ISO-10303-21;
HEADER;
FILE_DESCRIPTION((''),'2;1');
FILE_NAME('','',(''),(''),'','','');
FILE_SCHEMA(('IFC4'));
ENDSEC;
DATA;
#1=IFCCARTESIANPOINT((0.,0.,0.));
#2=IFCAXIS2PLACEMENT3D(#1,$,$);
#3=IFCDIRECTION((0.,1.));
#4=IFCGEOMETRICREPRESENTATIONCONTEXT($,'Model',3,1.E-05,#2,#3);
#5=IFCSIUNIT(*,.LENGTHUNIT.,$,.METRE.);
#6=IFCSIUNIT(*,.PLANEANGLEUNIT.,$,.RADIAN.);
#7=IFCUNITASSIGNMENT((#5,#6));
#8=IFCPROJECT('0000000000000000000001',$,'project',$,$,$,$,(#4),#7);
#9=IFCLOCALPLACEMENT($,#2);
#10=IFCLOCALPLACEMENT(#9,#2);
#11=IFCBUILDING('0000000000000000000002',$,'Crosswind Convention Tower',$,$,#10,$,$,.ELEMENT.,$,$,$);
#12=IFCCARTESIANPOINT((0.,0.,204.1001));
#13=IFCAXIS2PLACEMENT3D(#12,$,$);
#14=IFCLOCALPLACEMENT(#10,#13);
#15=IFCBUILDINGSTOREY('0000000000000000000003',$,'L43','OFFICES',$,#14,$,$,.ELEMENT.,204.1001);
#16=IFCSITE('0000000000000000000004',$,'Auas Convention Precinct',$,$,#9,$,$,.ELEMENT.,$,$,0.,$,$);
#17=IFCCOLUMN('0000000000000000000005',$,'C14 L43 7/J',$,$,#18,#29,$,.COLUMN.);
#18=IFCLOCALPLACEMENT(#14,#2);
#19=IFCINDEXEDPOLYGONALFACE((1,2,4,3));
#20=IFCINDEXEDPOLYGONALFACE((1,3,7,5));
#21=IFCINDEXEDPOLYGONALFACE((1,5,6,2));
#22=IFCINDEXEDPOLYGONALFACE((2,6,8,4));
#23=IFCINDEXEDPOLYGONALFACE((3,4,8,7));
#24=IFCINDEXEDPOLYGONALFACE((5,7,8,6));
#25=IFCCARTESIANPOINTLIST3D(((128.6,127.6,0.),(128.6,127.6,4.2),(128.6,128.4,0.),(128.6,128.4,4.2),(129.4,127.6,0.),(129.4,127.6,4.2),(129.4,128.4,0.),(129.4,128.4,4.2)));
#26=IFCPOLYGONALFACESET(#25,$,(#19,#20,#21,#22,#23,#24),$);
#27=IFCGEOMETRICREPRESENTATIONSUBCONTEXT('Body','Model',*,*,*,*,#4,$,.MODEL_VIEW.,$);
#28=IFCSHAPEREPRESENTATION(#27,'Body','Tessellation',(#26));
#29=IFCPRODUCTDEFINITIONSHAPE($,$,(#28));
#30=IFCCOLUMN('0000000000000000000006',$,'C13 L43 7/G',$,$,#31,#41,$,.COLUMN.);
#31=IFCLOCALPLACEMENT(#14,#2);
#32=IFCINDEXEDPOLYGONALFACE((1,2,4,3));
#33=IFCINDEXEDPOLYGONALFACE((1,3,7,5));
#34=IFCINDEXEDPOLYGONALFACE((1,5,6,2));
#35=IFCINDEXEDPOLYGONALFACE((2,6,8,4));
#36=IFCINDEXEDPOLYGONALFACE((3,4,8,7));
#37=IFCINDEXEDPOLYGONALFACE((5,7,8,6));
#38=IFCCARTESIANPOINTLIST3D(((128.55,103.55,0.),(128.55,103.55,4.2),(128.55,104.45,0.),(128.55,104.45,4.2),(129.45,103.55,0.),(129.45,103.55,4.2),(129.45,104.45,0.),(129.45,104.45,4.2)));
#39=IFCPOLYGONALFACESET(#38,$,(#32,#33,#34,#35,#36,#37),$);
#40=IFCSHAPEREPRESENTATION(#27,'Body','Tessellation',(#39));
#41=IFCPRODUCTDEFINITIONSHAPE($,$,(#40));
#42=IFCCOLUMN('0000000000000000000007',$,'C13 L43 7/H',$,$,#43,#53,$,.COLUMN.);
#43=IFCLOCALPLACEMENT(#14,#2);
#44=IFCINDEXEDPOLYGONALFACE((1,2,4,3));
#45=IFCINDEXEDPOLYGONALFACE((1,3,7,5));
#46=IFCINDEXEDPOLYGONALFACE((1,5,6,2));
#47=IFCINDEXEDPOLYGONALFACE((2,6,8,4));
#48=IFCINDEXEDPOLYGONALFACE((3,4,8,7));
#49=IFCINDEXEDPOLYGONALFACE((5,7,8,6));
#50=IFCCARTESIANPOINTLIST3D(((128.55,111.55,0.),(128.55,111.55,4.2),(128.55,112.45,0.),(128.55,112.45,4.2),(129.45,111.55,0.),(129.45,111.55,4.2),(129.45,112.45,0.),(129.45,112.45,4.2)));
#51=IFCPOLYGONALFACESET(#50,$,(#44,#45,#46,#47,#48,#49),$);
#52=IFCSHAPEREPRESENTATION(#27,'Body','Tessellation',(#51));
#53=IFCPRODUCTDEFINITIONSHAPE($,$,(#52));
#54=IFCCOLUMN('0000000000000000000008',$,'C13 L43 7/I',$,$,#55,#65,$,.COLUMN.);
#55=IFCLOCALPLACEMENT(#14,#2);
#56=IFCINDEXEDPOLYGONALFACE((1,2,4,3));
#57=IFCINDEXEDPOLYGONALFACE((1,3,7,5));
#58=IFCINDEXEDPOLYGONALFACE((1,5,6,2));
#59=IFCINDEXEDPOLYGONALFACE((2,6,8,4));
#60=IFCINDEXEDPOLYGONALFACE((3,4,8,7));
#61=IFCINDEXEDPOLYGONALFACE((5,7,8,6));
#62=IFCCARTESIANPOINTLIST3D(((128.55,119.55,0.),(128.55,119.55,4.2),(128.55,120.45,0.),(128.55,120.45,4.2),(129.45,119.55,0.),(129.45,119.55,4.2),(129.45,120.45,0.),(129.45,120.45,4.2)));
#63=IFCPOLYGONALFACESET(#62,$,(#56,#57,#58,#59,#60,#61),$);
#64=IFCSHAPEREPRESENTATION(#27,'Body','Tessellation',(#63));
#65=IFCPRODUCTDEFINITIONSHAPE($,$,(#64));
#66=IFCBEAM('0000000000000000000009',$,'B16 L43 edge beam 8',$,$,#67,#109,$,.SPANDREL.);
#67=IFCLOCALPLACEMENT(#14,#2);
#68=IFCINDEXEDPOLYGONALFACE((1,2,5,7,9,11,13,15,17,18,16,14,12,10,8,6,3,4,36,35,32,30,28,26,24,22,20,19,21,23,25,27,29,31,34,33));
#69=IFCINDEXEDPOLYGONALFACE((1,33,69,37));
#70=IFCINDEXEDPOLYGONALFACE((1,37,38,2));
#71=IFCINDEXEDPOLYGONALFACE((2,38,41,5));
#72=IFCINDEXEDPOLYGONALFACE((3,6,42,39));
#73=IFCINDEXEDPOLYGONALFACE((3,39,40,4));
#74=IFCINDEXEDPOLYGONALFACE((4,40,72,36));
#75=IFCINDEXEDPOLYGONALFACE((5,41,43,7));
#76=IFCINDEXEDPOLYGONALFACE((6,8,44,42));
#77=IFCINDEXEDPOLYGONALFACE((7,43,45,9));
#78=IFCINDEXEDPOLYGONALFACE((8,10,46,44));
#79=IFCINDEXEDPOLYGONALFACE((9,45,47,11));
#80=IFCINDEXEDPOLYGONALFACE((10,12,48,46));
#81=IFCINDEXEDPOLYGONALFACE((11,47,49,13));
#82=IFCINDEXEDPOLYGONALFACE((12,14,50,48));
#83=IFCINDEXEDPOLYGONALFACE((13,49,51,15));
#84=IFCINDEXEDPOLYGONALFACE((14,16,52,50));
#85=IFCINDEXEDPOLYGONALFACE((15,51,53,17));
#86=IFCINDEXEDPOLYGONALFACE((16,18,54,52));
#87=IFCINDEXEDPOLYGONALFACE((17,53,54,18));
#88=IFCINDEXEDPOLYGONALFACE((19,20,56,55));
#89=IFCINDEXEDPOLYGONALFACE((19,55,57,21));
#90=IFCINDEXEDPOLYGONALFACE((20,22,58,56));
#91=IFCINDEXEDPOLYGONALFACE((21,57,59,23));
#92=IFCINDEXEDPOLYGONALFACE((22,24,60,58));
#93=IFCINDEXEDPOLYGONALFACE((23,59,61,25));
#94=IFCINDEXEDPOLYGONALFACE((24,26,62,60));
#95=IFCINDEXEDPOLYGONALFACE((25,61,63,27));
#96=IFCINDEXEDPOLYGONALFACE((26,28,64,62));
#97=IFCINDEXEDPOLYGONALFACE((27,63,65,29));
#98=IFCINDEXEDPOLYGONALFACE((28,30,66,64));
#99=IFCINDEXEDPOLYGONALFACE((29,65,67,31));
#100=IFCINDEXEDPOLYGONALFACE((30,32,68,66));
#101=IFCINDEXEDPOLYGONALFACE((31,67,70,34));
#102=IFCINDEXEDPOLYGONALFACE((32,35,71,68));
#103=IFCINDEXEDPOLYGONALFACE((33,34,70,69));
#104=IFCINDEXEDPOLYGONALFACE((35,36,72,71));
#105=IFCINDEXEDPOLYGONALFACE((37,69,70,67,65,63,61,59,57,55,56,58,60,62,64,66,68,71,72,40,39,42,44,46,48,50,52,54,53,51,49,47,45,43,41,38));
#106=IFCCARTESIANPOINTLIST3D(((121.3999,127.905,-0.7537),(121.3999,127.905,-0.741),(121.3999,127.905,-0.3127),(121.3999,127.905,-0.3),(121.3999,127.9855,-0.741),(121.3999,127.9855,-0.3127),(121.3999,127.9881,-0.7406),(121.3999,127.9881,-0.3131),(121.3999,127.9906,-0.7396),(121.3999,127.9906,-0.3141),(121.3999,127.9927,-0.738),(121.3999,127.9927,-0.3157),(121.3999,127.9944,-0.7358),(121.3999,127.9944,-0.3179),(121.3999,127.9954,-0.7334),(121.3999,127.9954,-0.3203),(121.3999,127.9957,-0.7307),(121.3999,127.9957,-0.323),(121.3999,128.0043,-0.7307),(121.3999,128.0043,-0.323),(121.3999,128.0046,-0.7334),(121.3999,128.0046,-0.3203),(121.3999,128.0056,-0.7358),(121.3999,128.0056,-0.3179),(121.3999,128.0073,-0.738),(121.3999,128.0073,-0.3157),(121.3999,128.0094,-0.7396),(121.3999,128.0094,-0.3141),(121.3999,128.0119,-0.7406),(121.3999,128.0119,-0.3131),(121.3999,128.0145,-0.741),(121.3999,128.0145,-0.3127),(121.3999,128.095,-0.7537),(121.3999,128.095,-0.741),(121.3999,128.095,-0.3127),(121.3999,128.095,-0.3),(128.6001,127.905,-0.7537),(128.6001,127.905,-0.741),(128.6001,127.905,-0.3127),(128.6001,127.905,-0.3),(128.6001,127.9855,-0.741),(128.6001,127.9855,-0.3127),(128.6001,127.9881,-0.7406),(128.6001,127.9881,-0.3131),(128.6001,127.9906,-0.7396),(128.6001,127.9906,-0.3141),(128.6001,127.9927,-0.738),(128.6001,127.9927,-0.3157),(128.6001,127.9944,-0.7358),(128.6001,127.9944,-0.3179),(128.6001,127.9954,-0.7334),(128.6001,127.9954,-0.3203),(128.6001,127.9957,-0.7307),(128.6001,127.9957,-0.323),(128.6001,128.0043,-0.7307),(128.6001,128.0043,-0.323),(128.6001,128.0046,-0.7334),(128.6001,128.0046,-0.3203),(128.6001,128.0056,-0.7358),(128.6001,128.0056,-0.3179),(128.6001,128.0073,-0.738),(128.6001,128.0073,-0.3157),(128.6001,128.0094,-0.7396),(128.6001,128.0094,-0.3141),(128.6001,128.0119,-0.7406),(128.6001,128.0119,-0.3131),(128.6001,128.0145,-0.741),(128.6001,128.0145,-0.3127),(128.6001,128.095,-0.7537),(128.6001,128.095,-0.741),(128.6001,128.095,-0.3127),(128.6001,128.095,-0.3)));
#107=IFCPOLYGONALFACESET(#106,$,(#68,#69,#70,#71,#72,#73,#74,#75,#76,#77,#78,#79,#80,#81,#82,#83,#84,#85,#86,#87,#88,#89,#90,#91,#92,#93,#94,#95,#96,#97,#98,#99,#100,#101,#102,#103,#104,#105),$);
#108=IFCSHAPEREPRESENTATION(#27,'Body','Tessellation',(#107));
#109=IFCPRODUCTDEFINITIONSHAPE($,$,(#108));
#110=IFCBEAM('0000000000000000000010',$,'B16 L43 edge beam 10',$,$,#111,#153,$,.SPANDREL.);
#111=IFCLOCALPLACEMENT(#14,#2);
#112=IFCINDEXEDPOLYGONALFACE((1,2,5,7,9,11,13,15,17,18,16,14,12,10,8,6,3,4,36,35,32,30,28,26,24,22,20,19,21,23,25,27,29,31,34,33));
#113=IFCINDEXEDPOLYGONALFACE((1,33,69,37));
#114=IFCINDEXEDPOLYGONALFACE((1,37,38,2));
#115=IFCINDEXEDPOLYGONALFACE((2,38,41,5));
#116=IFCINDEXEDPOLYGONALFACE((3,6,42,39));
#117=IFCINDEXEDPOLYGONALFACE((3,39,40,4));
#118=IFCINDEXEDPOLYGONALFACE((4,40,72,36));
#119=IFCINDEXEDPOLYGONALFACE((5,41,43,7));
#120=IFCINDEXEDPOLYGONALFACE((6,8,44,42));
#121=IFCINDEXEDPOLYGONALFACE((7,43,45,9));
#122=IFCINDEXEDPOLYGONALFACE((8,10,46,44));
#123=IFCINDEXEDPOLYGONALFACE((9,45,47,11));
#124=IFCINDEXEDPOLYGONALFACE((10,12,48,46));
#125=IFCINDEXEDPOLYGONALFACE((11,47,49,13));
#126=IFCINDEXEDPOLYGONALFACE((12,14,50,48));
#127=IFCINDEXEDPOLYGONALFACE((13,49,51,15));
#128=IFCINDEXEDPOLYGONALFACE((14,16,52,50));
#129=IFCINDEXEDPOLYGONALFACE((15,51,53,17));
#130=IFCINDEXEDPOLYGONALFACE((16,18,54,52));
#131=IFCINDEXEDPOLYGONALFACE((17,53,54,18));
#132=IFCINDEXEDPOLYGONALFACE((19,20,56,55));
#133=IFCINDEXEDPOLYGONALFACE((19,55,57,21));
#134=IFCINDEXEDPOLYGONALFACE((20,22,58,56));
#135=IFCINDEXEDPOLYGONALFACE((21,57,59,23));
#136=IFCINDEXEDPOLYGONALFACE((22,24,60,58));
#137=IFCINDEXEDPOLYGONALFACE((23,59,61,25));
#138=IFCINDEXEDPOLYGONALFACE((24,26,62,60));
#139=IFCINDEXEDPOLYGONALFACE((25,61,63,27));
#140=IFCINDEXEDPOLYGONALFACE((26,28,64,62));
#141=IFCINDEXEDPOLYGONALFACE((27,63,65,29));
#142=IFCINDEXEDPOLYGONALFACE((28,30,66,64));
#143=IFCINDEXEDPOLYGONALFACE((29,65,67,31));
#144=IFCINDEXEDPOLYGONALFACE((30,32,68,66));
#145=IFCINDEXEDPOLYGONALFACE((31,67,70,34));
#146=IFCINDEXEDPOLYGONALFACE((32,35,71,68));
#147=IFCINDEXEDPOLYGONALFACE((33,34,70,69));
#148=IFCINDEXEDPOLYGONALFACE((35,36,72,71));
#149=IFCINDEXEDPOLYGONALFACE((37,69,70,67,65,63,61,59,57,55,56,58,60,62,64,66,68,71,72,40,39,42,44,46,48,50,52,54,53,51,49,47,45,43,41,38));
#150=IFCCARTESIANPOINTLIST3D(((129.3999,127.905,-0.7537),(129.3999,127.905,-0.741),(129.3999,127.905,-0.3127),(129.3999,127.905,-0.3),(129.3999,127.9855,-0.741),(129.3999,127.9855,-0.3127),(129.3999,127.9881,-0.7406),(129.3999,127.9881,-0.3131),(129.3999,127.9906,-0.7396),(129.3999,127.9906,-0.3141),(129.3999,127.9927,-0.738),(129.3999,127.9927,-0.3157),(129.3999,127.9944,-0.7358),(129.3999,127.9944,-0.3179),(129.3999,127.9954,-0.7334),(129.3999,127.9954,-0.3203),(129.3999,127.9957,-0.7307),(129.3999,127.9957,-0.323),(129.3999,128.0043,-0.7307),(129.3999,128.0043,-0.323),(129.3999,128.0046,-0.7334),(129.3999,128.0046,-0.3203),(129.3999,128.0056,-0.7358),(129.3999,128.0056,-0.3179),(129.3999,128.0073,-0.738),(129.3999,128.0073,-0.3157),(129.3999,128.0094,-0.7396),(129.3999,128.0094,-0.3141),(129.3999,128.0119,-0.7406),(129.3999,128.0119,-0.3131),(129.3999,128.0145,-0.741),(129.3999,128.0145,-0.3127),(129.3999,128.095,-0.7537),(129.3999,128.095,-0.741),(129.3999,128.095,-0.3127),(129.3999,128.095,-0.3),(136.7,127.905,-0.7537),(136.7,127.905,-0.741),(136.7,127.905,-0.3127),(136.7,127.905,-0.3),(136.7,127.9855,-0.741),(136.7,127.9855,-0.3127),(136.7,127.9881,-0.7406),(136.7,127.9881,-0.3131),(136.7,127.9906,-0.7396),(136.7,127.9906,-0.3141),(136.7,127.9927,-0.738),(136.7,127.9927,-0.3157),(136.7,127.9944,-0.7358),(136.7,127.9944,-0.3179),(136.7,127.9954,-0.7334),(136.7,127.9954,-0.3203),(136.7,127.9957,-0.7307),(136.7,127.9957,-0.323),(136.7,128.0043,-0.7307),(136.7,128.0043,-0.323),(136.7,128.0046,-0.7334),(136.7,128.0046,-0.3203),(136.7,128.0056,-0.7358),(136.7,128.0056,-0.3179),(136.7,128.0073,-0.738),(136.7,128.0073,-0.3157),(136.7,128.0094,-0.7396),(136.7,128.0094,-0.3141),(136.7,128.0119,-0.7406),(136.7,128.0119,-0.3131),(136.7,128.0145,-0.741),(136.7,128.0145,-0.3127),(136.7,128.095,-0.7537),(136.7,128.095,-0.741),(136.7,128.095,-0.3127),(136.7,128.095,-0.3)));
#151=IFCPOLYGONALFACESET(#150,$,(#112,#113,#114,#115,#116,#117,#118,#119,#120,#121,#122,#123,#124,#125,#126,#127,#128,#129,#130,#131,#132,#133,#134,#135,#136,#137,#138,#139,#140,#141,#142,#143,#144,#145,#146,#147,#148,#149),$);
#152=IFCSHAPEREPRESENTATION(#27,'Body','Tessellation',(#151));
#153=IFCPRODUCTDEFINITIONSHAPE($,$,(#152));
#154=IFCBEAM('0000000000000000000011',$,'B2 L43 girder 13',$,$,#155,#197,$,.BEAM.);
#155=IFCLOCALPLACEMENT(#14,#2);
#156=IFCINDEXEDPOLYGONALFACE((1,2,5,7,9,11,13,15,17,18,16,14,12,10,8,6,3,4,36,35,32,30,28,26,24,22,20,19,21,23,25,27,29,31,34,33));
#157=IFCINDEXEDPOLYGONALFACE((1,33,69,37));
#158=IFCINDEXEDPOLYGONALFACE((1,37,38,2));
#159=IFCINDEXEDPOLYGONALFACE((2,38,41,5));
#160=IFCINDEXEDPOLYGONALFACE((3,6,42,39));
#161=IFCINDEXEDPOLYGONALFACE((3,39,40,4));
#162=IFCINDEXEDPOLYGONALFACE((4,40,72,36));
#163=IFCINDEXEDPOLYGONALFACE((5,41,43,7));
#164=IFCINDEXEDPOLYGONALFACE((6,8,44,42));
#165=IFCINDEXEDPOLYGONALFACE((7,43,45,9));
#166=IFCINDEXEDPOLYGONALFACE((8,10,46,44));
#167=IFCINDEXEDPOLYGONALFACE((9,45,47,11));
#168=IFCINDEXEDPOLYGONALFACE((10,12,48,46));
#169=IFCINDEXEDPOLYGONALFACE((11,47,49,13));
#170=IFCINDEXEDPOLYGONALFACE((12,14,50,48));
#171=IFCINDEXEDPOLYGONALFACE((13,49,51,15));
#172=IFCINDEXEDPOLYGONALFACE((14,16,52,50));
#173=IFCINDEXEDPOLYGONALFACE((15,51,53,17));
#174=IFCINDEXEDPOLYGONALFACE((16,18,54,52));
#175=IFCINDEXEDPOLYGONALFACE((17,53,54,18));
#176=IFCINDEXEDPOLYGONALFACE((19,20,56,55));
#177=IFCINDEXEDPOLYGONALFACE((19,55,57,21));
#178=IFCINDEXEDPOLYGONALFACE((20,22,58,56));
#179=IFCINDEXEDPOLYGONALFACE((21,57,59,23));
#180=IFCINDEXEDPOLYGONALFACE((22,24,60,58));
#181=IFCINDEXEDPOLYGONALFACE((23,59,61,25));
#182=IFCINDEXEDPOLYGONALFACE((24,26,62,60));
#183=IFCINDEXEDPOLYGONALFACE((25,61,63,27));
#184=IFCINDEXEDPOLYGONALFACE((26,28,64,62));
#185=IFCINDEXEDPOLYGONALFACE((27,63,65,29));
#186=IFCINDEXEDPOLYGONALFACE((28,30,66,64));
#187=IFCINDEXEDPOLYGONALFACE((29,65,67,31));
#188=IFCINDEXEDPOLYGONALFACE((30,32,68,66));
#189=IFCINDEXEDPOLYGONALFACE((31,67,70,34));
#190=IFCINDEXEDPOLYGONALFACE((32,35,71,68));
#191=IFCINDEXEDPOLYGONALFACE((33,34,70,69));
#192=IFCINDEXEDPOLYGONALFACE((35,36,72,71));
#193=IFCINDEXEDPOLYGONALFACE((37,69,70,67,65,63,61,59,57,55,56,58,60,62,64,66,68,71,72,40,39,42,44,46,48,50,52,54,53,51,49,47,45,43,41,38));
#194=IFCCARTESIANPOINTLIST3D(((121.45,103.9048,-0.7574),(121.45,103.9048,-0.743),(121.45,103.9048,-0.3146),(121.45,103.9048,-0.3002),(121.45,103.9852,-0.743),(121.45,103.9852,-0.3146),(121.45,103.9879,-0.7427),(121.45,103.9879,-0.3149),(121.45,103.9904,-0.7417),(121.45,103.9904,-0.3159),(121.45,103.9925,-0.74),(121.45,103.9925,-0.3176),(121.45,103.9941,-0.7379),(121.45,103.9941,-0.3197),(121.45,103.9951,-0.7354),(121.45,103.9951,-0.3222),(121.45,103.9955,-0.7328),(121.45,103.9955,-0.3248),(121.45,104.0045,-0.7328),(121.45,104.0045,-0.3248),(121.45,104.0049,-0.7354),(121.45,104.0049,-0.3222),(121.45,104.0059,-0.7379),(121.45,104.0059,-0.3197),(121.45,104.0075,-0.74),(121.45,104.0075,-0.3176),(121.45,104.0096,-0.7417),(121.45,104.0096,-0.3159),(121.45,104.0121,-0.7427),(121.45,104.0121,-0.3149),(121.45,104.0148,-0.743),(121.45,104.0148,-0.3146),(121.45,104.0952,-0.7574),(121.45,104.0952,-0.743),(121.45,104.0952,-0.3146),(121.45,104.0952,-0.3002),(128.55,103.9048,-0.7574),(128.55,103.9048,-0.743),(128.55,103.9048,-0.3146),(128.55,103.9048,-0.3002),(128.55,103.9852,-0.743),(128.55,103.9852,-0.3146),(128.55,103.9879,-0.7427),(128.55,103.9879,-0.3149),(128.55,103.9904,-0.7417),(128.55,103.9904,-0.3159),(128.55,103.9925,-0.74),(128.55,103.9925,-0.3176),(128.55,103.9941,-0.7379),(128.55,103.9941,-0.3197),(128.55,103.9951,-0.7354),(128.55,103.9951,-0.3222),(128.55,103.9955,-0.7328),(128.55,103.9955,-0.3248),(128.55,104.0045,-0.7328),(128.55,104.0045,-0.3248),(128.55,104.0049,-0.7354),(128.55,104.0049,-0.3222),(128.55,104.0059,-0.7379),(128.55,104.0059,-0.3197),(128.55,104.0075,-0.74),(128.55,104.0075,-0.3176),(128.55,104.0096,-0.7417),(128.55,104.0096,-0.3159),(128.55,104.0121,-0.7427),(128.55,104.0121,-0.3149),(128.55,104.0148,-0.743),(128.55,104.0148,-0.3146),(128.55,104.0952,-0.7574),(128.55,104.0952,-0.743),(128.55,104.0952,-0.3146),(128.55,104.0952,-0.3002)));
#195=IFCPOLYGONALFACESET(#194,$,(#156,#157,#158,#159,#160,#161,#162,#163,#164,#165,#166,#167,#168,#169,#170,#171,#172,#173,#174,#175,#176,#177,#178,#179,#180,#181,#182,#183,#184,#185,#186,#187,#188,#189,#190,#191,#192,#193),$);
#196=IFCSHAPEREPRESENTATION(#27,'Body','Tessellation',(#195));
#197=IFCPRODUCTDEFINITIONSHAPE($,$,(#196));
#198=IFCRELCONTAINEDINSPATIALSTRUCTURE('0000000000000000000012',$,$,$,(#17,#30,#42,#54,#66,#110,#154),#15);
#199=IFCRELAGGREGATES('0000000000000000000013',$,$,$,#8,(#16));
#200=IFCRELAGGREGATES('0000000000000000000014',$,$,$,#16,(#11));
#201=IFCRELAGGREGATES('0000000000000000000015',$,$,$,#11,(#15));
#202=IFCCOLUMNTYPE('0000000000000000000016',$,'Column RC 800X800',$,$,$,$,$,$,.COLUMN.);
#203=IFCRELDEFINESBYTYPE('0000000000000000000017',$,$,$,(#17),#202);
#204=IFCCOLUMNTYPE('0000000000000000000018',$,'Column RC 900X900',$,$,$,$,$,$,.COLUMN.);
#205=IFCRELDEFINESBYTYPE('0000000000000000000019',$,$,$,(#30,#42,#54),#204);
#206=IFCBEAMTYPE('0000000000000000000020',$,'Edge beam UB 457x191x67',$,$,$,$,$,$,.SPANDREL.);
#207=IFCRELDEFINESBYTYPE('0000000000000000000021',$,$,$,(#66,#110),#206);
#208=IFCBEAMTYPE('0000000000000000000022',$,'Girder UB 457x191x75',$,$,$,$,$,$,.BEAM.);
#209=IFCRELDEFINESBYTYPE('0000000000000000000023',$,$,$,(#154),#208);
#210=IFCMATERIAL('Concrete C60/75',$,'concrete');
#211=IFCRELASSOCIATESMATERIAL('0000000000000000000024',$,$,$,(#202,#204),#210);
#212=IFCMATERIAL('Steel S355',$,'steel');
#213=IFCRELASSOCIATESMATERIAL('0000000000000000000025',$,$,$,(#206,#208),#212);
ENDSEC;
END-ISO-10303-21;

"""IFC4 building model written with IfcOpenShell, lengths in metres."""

from ifc_helpers import new_model, si_unit, direction, frame, origin, origin_2d, place, context, subcontext, project, spatial, rectangle, i_section, extrude, material, material_profile, profile_set, type_object, element, save


model = new_model("IFC4")

# Units and contexts
model_context = context("Model", 3, precision=1e-05, world=origin(), true_north=direction((0.0, 1.0)))
body_context = subcontext(model_context, "Body", "Model", "MODEL_VIEW")
ifc_project = project(units=[si_unit("LENGTHUNIT", "METRE"), si_unit("PLANEANGLEUNIT", "RADIAN")], contexts=[model_context])

# Site, building, storey
site_placement = place(None, origin())
site = spatial("IfcSite", under=ifc_project, at=site_placement, Name="Auas Convention Precinct", CompositionType="ELEMENT", RefElevation=0.0)
building_placement = place(site_placement, origin())
building = spatial("IfcBuilding", under=site, at=building_placement, Name="Crosswind Convention Tower", CompositionType="ELEMENT")
storey_placement = place(building_placement, frame((0.0, 0.0, 204.1001)))
storey = spatial("IfcBuildingStorey", under=building, at=storey_placement, Name="L43", Description="OFFICES", CompositionType="ELEMENT", Elevation=204.1001)

# Columns
ifc_material_1 = material(Name="Concrete C60/75", Category="concrete")
ifc_material_profile_1 = material_profile(ifc_material_1, rectangle(XDim=0.8, YDim=0.8, at=origin_2d()), Name="RC 800X800")
ifc_profile_set_1 = profile_set([ifc_material_profile_1], Name="Concrete C60/75")
column_type_1 = type_object("IfcColumnType", Name="Column RC 800X800", PredefinedType="COLUMN", material=ifc_profile_set_1)
column_placement = place(storey_placement, frame((129.0, 128.0, 0.0), z_axis=(0.0, 0.0, 1.0), x_axis=(1.0, 0.0, 0.0)))
element("IfcColumn", 1, at=column_placement, inside=storey, type_object=column_type_1, Name="C14 L43 7/J", PredefinedType="COLUMN", context=body_context, shape_type="SweptSolid", body=[
    extrude(rectangle(XDim=0.8, YDim=0.8, at=origin_2d()), origin(), (0.0, 0.0, 1.0), 4.2),
])
ifc_material_profile_2 = material_profile(ifc_material_1, rectangle(XDim=0.8999, YDim=0.8999, at=origin_2d()), Name="RC 900X900")
ifc_profile_set_2 = profile_set([ifc_material_profile_2], Name="Concrete C60/75")
column_type_2 = type_object("IfcColumnType", Name="Column RC 900X900", PredefinedType="COLUMN", material=ifc_profile_set_2)
for number, where, z_axis, x_axis, name in (
    (2, (129.0, 104.0, 0.0), (0.0, 0.0, 1.0), (1.0, 0.0, 0.0), "C13 L43 7/G"),
    (3, (129.0, 112.0, 0.0), (0.0, 0.0, 1.0), (1.0, 0.0, 0.0), "C13 L43 7/H"),
    (4, (129.0, 120.0, 0.0), (0.0, 0.0, 1.0), (1.0, 0.0, 0.0), "C13 L43 7/I"),
):
    element("IfcColumn", number, at=place(storey_placement, frame(where, z_axis=z_axis, x_axis=x_axis)), inside=storey, type_object=column_type_2, Name=name, PredefinedType="COLUMN", context=body_context, shape_type="SweptSolid", body=[
        extrude(rectangle(XDim=0.8999, YDim=0.8999, at=origin_2d()), origin(), (0.0, 0.0, 1.0), 4.2),
    ])

# Beams
ifc_material_2 = material(Name="Steel S355", Category="steel")
ifc_material_profile_3 = material_profile(ifc_material_2, i_section(OverallWidth=0.1899, OverallDepth=0.4536, WebThickness=0.0085, FlangeThickness=0.0127, FilletRadius=0.0103, at=origin_2d()), Name="UB 457x191x67")
ifc_profile_set_3 = profile_set([ifc_material_profile_3], Name="Steel S355")
beam_type_1 = type_object("IfcBeamType", Name="Edge beam UB 457x191x67", PredefinedType="SPANDREL", material=ifc_profile_set_3)
beam_1_placement = place(storey_placement, frame((121.3999, 128.0, -0.5269), z_axis=(1.0, 0.0, 0.0), x_axis=(0.0, 1.0, 0.0)))
element("IfcBeam", 5, at=beam_1_placement, inside=storey, type_object=beam_type_1, Name="B16 L43 edge beam 8", PredefinedType="SPANDREL", context=body_context, shape_type="SweptSolid", body=[
    extrude(i_section(OverallWidth=0.1899, OverallDepth=0.4536, WebThickness=0.0085, FlangeThickness=0.0127, FilletRadius=0.0103, at=origin_2d()), origin(), (0.0, 0.0, 1.0), 7.2002),
])
beam_2_placement = place(storey_placement, frame((129.3999, 128.0, -0.5269), z_axis=(1.0, 0.0, 0.0), x_axis=(0.0, 1.0, 0.0)))
element("IfcBeam", 6, at=beam_2_placement, inside=storey, type_object=beam_type_1, Name="B16 L43 edge beam 10", PredefinedType="SPANDREL", context=body_context, shape_type="SweptSolid", body=[
    extrude(i_section(OverallWidth=0.1899, OverallDepth=0.4536, WebThickness=0.0085, FlangeThickness=0.0127, FilletRadius=0.0103, at=origin_2d()), origin(), (0.0, 0.0, 1.0), 7.3),
])
ifc_material_profile_4 = material_profile(ifc_material_2, i_section(OverallWidth=0.1904, OverallDepth=0.4573, WebThickness=0.009, FlangeThickness=0.0144, FilletRadius=0.0103, at=origin_2d()), Name="UB 457x191x75")
ifc_profile_set_4 = profile_set([ifc_material_profile_4], Name="Steel S355")
beam_type_2 = type_object("IfcBeamType", Name="Girder UB 457x191x75", PredefinedType="BEAM", material=ifc_profile_set_4)
for number, where, z_axis, x_axis, name in (
    (7, (121.45, 104.0, -0.5288), (1.0, 0.0, 0.0), (0.0, 1.0, 0.0), "B2 L43 girder 13"),
):
    element("IfcBeam", number, at=place(storey_placement, frame(where, z_axis=z_axis, x_axis=x_axis)), inside=storey, type_object=beam_type_2, Name=name, PredefinedType="BEAM", context=body_context, shape_type="SweptSolid", body=[
        extrude(i_section(OverallWidth=0.1904, OverallDepth=0.4573, WebThickness=0.009, FlangeThickness=0.0144, FilletRadius=0.0103, at=origin_2d()), origin(), (0.0, 0.0, 1.0), 7.1001),
    ])

save(model, "model.ifc")
